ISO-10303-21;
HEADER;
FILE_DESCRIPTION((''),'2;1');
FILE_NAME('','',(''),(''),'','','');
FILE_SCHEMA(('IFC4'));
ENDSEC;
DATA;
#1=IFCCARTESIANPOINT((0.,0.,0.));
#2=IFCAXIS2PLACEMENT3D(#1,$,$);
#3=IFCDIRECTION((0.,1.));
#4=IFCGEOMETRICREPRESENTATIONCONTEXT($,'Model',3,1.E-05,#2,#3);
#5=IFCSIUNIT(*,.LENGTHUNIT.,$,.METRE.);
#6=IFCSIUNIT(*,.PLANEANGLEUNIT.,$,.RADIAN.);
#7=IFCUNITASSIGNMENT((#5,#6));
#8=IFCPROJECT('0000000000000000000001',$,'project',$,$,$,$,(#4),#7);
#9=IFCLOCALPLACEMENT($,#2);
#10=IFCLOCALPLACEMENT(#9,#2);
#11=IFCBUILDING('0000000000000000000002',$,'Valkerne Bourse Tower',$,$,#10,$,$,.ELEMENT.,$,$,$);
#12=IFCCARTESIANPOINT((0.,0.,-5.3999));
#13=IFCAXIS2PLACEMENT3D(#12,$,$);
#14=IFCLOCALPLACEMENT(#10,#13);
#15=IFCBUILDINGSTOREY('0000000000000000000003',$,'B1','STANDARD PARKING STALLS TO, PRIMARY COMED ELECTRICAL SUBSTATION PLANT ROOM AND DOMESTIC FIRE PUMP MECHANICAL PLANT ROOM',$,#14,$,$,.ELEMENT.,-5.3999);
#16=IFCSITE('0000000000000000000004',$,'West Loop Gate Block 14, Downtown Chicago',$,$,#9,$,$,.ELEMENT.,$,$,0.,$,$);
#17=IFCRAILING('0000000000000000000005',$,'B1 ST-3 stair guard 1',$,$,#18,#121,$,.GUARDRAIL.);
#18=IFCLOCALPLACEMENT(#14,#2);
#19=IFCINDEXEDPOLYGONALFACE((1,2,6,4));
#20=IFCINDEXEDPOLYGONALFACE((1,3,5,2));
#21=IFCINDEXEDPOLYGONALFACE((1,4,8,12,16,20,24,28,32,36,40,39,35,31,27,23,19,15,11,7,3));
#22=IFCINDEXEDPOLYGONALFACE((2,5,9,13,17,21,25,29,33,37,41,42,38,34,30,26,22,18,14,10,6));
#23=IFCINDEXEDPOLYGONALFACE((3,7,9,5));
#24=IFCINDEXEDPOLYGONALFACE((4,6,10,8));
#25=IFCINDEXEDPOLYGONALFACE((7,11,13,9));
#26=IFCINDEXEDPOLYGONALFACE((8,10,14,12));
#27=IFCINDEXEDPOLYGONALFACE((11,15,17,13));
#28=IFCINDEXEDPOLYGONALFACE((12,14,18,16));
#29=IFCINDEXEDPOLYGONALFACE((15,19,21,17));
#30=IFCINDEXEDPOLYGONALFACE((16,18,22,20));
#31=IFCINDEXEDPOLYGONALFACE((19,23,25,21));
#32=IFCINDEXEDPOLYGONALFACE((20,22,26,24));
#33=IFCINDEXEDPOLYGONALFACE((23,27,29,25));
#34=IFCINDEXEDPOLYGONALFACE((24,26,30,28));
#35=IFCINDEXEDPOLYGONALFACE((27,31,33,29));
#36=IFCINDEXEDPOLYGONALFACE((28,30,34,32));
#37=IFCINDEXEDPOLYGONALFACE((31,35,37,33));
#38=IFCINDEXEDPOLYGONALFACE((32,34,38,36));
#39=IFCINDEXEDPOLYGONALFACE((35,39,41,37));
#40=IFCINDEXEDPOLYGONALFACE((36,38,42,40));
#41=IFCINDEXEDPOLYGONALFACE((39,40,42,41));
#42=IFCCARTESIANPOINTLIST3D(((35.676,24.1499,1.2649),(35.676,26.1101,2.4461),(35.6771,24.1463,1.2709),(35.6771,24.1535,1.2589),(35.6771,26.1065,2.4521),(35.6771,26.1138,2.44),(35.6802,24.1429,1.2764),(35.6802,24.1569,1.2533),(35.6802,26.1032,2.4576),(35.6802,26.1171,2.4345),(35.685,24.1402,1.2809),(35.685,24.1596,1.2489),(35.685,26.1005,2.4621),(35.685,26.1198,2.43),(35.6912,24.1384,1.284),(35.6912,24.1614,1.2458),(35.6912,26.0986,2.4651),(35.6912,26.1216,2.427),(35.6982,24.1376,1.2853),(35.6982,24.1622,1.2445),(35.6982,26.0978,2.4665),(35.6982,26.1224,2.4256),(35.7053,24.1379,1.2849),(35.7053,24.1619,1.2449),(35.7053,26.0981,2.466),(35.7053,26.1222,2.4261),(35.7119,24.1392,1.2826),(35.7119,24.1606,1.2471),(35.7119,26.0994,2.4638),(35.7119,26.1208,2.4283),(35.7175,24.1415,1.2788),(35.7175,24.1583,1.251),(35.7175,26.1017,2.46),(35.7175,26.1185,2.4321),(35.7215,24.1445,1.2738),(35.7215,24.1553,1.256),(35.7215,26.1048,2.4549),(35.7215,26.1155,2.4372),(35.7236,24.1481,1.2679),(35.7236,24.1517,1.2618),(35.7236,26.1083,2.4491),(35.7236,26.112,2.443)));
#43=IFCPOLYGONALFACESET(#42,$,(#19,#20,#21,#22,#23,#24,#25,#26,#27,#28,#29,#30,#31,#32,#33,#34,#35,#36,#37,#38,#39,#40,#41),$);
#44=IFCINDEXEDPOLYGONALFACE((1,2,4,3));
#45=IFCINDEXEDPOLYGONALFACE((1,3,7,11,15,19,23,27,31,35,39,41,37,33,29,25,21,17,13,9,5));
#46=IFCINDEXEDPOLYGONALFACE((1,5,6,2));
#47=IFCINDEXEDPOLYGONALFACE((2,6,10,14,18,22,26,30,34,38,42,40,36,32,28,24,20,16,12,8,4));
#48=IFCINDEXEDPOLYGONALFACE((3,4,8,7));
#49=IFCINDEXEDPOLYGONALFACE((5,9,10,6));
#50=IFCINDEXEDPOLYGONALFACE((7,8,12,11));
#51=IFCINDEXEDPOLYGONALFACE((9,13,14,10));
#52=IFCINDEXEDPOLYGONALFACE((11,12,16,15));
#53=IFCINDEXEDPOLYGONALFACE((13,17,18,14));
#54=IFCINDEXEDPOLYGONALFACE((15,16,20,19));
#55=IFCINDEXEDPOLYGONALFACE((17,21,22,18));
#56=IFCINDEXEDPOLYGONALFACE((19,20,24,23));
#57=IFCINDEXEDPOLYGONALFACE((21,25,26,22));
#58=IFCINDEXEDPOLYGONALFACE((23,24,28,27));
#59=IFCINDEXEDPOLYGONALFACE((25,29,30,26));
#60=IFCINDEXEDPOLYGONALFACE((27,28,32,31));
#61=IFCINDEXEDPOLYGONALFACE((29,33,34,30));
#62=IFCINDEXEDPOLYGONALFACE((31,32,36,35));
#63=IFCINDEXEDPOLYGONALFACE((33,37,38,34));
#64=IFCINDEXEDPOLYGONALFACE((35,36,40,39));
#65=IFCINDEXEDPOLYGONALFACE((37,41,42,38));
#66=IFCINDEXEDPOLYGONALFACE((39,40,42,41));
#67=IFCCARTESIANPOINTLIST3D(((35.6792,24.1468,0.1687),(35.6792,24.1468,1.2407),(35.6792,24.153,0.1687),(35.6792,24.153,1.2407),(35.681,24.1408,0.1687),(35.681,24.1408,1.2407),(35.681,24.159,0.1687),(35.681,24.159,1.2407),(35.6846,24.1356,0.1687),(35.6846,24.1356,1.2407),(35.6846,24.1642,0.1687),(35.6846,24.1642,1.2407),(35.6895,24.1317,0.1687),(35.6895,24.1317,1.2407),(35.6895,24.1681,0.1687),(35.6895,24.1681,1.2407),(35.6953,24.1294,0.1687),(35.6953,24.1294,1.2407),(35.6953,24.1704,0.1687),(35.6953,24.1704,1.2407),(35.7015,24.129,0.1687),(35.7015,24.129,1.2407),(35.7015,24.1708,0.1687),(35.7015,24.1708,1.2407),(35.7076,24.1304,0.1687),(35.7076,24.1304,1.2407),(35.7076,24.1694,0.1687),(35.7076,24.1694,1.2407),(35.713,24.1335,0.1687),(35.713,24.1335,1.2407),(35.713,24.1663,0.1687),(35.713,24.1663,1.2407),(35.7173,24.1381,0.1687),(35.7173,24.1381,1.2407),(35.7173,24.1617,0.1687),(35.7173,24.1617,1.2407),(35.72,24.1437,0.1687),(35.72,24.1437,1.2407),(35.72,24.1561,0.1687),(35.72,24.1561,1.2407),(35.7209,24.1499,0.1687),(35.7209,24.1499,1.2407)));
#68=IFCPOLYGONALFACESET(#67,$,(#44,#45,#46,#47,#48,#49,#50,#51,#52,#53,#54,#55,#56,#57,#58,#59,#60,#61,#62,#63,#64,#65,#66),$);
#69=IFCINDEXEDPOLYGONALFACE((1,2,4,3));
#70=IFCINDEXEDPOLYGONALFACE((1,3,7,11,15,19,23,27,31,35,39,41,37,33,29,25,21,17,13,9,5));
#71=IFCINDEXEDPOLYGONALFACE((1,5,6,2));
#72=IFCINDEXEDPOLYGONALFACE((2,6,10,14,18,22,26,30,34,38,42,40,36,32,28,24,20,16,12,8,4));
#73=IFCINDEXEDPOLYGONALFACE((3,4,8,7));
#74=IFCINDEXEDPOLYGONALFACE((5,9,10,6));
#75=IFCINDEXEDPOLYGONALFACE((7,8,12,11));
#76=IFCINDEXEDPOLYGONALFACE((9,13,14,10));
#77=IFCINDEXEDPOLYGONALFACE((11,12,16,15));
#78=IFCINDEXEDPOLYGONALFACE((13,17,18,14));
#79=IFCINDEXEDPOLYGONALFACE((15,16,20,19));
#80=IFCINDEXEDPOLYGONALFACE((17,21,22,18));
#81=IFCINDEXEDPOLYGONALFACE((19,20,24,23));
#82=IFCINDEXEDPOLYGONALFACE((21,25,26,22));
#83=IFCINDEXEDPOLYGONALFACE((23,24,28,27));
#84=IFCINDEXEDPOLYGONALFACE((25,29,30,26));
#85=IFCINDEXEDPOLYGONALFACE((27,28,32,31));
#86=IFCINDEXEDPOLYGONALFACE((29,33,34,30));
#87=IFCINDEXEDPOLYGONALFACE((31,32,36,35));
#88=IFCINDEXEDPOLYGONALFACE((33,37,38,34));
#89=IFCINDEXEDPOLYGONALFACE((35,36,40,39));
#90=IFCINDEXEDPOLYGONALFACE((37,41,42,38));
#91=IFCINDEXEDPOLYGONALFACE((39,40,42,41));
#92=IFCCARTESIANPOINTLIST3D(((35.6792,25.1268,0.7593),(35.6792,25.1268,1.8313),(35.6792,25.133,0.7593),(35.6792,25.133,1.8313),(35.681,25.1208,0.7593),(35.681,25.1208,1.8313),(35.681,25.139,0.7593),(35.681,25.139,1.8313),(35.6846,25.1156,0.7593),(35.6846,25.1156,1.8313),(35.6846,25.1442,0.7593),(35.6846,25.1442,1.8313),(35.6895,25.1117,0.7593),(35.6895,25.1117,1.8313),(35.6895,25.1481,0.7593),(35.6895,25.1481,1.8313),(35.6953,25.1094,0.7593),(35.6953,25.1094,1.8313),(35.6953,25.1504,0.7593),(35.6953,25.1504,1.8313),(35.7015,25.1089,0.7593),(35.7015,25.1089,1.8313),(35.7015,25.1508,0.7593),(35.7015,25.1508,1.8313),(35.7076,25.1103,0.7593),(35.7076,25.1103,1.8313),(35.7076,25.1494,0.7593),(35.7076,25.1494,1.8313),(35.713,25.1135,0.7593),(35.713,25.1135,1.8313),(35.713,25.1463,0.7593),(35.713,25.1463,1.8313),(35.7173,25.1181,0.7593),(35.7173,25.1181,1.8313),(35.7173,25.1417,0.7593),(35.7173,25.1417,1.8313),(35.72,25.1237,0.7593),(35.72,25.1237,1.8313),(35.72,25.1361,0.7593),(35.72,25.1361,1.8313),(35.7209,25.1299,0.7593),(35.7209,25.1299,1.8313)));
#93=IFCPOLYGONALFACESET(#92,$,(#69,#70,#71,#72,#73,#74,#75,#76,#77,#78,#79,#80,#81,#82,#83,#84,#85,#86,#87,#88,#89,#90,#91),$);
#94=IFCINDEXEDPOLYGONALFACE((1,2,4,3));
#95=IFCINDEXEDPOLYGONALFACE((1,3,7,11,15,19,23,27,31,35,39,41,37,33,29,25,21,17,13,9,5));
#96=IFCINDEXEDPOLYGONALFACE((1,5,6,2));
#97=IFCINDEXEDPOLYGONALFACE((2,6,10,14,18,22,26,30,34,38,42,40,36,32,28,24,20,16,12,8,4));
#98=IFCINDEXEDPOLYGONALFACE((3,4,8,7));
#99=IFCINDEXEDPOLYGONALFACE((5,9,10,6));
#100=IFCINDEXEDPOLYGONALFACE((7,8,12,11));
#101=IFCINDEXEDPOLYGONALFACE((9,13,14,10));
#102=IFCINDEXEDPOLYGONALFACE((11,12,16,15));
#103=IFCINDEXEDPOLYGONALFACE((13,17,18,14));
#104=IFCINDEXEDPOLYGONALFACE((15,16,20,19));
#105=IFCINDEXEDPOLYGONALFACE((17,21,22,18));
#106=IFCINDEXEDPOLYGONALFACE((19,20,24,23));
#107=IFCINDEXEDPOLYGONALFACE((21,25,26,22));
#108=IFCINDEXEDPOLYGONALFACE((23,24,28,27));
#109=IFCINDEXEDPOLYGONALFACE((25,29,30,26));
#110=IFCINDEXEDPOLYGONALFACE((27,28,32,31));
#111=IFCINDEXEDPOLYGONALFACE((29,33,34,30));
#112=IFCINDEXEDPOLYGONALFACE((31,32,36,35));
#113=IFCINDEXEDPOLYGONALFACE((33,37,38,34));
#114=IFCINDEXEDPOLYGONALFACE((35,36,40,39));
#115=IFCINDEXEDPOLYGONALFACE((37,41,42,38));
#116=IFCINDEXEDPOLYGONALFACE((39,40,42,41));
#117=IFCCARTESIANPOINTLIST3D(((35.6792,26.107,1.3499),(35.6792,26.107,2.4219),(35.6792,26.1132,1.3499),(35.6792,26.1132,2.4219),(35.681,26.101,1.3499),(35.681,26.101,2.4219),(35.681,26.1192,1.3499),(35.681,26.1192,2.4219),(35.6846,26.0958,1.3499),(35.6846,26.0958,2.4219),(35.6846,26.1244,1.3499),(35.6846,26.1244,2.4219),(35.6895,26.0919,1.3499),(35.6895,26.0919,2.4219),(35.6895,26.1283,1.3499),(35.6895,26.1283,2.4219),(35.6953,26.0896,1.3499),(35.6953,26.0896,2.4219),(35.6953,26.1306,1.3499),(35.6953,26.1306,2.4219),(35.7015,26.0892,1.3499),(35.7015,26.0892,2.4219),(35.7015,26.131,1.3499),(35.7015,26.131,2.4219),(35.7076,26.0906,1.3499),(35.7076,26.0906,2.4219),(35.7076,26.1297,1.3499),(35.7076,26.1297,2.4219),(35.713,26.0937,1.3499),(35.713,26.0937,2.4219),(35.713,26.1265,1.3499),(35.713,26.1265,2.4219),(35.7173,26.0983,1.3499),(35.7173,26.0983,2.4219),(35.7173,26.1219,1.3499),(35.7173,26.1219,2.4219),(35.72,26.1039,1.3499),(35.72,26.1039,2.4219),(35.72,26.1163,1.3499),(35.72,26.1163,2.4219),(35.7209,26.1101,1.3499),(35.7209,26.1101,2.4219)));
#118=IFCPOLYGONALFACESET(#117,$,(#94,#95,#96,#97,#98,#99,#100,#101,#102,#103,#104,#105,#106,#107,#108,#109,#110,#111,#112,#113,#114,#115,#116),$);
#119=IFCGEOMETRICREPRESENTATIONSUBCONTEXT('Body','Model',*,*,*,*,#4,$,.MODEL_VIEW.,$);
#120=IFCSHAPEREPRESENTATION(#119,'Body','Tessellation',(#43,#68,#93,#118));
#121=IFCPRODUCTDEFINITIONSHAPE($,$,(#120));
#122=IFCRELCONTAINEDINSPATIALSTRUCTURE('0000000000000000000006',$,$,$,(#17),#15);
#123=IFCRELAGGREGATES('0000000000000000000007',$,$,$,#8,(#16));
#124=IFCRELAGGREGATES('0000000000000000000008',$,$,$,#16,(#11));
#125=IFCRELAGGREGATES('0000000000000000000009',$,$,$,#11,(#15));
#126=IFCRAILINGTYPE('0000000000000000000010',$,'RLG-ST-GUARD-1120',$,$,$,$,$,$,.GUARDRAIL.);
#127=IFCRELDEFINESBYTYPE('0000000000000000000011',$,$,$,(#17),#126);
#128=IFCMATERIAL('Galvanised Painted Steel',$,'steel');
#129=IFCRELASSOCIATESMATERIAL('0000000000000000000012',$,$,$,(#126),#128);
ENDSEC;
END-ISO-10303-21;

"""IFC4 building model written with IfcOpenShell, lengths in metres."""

from ifc_helpers import new_model, si_unit, direction, frame, origin, origin_2d, place, context, subcontext, project, spatial, circle, extrude, material, type_object, element, save


model = new_model("IFC4")

# Units and contexts
model_context = context("Model", 3, precision=1e-05, world=origin(), true_north=direction((0.0, 1.0)))
body_context = subcontext(model_context, "Body", "Model", "MODEL_VIEW")
ifc_project = project(units=[si_unit("LENGTHUNIT", "METRE"), si_unit("PLANEANGLEUNIT", "RADIAN")], contexts=[model_context])

# Site, building, storey
site_placement = place(None, origin())
site = spatial("IfcSite", under=ifc_project, at=site_placement, Name="West Loop Gate Block 14, Downtown Chicago", CompositionType="ELEMENT", RefElevation=0.0)
building_placement = place(site_placement, origin())
building = spatial("IfcBuilding", under=site, at=building_placement, Name="Valkerne Bourse Tower", CompositionType="ELEMENT")
storey_placement = place(building_placement, frame((0.0, 0.0, -5.3999)))
storey = spatial("IfcBuildingStorey", under=building, at=storey_placement, Name="B1", Description="STANDARD PARKING STALLS TO, PRIMARY COMED ELECTRICAL SUBSTATION PLANT ROOM AND DOMESTIC FIRE PUMP MECHANICAL PLANT ROOM", CompositionType="ELEMENT", Elevation=-5.3999)

# Shared definitions
ifc_material_1 = material(Name="Galvanised Painted Steel", Category="steel")

# Railing
railing_type_1 = type_object("IfcRailingType", Name="RLG-ST-GUARD-1120", PredefinedType="GUARDRAIL", material=ifc_material_1)
railing_1_placement = place(storey_placement, frame((35.7, 24.1499, 0.1687)))
element("IfcRailing", 1, at=railing_1_placement, inside=storey, type_object=railing_type_1, Name="B1 ST-3 stair guard 1", PredefinedType="GUARDRAIL", context=body_context, shape_type="SweptSolid", body=[
    extrude(circle(Radius=0.0239, at=origin_2d()), frame((0.0, 0.0, 1.0962), z_axis=(0.0, 0.856522, 0.516111), x_axis=(-1.0, 0.0, 0.0)), (0.0, 0.0, 1.0), 2.2886),
    extrude(circle(Radius=0.021, at=origin_2d()), origin(), (0.0, 0.0, 1.0), 1.072),
    extrude(circle(Radius=0.021, at=origin_2d()), frame((0.0, 0.98, 0.5906)), (0.0, 0.0, 1.0), 1.072),
    extrude(circle(Radius=0.021, at=origin_2d()), frame((0.0, 1.9602, 1.1812)), (0.0, 0.0, 1.0), 1.072),
])

save(model, "model.ifc")
